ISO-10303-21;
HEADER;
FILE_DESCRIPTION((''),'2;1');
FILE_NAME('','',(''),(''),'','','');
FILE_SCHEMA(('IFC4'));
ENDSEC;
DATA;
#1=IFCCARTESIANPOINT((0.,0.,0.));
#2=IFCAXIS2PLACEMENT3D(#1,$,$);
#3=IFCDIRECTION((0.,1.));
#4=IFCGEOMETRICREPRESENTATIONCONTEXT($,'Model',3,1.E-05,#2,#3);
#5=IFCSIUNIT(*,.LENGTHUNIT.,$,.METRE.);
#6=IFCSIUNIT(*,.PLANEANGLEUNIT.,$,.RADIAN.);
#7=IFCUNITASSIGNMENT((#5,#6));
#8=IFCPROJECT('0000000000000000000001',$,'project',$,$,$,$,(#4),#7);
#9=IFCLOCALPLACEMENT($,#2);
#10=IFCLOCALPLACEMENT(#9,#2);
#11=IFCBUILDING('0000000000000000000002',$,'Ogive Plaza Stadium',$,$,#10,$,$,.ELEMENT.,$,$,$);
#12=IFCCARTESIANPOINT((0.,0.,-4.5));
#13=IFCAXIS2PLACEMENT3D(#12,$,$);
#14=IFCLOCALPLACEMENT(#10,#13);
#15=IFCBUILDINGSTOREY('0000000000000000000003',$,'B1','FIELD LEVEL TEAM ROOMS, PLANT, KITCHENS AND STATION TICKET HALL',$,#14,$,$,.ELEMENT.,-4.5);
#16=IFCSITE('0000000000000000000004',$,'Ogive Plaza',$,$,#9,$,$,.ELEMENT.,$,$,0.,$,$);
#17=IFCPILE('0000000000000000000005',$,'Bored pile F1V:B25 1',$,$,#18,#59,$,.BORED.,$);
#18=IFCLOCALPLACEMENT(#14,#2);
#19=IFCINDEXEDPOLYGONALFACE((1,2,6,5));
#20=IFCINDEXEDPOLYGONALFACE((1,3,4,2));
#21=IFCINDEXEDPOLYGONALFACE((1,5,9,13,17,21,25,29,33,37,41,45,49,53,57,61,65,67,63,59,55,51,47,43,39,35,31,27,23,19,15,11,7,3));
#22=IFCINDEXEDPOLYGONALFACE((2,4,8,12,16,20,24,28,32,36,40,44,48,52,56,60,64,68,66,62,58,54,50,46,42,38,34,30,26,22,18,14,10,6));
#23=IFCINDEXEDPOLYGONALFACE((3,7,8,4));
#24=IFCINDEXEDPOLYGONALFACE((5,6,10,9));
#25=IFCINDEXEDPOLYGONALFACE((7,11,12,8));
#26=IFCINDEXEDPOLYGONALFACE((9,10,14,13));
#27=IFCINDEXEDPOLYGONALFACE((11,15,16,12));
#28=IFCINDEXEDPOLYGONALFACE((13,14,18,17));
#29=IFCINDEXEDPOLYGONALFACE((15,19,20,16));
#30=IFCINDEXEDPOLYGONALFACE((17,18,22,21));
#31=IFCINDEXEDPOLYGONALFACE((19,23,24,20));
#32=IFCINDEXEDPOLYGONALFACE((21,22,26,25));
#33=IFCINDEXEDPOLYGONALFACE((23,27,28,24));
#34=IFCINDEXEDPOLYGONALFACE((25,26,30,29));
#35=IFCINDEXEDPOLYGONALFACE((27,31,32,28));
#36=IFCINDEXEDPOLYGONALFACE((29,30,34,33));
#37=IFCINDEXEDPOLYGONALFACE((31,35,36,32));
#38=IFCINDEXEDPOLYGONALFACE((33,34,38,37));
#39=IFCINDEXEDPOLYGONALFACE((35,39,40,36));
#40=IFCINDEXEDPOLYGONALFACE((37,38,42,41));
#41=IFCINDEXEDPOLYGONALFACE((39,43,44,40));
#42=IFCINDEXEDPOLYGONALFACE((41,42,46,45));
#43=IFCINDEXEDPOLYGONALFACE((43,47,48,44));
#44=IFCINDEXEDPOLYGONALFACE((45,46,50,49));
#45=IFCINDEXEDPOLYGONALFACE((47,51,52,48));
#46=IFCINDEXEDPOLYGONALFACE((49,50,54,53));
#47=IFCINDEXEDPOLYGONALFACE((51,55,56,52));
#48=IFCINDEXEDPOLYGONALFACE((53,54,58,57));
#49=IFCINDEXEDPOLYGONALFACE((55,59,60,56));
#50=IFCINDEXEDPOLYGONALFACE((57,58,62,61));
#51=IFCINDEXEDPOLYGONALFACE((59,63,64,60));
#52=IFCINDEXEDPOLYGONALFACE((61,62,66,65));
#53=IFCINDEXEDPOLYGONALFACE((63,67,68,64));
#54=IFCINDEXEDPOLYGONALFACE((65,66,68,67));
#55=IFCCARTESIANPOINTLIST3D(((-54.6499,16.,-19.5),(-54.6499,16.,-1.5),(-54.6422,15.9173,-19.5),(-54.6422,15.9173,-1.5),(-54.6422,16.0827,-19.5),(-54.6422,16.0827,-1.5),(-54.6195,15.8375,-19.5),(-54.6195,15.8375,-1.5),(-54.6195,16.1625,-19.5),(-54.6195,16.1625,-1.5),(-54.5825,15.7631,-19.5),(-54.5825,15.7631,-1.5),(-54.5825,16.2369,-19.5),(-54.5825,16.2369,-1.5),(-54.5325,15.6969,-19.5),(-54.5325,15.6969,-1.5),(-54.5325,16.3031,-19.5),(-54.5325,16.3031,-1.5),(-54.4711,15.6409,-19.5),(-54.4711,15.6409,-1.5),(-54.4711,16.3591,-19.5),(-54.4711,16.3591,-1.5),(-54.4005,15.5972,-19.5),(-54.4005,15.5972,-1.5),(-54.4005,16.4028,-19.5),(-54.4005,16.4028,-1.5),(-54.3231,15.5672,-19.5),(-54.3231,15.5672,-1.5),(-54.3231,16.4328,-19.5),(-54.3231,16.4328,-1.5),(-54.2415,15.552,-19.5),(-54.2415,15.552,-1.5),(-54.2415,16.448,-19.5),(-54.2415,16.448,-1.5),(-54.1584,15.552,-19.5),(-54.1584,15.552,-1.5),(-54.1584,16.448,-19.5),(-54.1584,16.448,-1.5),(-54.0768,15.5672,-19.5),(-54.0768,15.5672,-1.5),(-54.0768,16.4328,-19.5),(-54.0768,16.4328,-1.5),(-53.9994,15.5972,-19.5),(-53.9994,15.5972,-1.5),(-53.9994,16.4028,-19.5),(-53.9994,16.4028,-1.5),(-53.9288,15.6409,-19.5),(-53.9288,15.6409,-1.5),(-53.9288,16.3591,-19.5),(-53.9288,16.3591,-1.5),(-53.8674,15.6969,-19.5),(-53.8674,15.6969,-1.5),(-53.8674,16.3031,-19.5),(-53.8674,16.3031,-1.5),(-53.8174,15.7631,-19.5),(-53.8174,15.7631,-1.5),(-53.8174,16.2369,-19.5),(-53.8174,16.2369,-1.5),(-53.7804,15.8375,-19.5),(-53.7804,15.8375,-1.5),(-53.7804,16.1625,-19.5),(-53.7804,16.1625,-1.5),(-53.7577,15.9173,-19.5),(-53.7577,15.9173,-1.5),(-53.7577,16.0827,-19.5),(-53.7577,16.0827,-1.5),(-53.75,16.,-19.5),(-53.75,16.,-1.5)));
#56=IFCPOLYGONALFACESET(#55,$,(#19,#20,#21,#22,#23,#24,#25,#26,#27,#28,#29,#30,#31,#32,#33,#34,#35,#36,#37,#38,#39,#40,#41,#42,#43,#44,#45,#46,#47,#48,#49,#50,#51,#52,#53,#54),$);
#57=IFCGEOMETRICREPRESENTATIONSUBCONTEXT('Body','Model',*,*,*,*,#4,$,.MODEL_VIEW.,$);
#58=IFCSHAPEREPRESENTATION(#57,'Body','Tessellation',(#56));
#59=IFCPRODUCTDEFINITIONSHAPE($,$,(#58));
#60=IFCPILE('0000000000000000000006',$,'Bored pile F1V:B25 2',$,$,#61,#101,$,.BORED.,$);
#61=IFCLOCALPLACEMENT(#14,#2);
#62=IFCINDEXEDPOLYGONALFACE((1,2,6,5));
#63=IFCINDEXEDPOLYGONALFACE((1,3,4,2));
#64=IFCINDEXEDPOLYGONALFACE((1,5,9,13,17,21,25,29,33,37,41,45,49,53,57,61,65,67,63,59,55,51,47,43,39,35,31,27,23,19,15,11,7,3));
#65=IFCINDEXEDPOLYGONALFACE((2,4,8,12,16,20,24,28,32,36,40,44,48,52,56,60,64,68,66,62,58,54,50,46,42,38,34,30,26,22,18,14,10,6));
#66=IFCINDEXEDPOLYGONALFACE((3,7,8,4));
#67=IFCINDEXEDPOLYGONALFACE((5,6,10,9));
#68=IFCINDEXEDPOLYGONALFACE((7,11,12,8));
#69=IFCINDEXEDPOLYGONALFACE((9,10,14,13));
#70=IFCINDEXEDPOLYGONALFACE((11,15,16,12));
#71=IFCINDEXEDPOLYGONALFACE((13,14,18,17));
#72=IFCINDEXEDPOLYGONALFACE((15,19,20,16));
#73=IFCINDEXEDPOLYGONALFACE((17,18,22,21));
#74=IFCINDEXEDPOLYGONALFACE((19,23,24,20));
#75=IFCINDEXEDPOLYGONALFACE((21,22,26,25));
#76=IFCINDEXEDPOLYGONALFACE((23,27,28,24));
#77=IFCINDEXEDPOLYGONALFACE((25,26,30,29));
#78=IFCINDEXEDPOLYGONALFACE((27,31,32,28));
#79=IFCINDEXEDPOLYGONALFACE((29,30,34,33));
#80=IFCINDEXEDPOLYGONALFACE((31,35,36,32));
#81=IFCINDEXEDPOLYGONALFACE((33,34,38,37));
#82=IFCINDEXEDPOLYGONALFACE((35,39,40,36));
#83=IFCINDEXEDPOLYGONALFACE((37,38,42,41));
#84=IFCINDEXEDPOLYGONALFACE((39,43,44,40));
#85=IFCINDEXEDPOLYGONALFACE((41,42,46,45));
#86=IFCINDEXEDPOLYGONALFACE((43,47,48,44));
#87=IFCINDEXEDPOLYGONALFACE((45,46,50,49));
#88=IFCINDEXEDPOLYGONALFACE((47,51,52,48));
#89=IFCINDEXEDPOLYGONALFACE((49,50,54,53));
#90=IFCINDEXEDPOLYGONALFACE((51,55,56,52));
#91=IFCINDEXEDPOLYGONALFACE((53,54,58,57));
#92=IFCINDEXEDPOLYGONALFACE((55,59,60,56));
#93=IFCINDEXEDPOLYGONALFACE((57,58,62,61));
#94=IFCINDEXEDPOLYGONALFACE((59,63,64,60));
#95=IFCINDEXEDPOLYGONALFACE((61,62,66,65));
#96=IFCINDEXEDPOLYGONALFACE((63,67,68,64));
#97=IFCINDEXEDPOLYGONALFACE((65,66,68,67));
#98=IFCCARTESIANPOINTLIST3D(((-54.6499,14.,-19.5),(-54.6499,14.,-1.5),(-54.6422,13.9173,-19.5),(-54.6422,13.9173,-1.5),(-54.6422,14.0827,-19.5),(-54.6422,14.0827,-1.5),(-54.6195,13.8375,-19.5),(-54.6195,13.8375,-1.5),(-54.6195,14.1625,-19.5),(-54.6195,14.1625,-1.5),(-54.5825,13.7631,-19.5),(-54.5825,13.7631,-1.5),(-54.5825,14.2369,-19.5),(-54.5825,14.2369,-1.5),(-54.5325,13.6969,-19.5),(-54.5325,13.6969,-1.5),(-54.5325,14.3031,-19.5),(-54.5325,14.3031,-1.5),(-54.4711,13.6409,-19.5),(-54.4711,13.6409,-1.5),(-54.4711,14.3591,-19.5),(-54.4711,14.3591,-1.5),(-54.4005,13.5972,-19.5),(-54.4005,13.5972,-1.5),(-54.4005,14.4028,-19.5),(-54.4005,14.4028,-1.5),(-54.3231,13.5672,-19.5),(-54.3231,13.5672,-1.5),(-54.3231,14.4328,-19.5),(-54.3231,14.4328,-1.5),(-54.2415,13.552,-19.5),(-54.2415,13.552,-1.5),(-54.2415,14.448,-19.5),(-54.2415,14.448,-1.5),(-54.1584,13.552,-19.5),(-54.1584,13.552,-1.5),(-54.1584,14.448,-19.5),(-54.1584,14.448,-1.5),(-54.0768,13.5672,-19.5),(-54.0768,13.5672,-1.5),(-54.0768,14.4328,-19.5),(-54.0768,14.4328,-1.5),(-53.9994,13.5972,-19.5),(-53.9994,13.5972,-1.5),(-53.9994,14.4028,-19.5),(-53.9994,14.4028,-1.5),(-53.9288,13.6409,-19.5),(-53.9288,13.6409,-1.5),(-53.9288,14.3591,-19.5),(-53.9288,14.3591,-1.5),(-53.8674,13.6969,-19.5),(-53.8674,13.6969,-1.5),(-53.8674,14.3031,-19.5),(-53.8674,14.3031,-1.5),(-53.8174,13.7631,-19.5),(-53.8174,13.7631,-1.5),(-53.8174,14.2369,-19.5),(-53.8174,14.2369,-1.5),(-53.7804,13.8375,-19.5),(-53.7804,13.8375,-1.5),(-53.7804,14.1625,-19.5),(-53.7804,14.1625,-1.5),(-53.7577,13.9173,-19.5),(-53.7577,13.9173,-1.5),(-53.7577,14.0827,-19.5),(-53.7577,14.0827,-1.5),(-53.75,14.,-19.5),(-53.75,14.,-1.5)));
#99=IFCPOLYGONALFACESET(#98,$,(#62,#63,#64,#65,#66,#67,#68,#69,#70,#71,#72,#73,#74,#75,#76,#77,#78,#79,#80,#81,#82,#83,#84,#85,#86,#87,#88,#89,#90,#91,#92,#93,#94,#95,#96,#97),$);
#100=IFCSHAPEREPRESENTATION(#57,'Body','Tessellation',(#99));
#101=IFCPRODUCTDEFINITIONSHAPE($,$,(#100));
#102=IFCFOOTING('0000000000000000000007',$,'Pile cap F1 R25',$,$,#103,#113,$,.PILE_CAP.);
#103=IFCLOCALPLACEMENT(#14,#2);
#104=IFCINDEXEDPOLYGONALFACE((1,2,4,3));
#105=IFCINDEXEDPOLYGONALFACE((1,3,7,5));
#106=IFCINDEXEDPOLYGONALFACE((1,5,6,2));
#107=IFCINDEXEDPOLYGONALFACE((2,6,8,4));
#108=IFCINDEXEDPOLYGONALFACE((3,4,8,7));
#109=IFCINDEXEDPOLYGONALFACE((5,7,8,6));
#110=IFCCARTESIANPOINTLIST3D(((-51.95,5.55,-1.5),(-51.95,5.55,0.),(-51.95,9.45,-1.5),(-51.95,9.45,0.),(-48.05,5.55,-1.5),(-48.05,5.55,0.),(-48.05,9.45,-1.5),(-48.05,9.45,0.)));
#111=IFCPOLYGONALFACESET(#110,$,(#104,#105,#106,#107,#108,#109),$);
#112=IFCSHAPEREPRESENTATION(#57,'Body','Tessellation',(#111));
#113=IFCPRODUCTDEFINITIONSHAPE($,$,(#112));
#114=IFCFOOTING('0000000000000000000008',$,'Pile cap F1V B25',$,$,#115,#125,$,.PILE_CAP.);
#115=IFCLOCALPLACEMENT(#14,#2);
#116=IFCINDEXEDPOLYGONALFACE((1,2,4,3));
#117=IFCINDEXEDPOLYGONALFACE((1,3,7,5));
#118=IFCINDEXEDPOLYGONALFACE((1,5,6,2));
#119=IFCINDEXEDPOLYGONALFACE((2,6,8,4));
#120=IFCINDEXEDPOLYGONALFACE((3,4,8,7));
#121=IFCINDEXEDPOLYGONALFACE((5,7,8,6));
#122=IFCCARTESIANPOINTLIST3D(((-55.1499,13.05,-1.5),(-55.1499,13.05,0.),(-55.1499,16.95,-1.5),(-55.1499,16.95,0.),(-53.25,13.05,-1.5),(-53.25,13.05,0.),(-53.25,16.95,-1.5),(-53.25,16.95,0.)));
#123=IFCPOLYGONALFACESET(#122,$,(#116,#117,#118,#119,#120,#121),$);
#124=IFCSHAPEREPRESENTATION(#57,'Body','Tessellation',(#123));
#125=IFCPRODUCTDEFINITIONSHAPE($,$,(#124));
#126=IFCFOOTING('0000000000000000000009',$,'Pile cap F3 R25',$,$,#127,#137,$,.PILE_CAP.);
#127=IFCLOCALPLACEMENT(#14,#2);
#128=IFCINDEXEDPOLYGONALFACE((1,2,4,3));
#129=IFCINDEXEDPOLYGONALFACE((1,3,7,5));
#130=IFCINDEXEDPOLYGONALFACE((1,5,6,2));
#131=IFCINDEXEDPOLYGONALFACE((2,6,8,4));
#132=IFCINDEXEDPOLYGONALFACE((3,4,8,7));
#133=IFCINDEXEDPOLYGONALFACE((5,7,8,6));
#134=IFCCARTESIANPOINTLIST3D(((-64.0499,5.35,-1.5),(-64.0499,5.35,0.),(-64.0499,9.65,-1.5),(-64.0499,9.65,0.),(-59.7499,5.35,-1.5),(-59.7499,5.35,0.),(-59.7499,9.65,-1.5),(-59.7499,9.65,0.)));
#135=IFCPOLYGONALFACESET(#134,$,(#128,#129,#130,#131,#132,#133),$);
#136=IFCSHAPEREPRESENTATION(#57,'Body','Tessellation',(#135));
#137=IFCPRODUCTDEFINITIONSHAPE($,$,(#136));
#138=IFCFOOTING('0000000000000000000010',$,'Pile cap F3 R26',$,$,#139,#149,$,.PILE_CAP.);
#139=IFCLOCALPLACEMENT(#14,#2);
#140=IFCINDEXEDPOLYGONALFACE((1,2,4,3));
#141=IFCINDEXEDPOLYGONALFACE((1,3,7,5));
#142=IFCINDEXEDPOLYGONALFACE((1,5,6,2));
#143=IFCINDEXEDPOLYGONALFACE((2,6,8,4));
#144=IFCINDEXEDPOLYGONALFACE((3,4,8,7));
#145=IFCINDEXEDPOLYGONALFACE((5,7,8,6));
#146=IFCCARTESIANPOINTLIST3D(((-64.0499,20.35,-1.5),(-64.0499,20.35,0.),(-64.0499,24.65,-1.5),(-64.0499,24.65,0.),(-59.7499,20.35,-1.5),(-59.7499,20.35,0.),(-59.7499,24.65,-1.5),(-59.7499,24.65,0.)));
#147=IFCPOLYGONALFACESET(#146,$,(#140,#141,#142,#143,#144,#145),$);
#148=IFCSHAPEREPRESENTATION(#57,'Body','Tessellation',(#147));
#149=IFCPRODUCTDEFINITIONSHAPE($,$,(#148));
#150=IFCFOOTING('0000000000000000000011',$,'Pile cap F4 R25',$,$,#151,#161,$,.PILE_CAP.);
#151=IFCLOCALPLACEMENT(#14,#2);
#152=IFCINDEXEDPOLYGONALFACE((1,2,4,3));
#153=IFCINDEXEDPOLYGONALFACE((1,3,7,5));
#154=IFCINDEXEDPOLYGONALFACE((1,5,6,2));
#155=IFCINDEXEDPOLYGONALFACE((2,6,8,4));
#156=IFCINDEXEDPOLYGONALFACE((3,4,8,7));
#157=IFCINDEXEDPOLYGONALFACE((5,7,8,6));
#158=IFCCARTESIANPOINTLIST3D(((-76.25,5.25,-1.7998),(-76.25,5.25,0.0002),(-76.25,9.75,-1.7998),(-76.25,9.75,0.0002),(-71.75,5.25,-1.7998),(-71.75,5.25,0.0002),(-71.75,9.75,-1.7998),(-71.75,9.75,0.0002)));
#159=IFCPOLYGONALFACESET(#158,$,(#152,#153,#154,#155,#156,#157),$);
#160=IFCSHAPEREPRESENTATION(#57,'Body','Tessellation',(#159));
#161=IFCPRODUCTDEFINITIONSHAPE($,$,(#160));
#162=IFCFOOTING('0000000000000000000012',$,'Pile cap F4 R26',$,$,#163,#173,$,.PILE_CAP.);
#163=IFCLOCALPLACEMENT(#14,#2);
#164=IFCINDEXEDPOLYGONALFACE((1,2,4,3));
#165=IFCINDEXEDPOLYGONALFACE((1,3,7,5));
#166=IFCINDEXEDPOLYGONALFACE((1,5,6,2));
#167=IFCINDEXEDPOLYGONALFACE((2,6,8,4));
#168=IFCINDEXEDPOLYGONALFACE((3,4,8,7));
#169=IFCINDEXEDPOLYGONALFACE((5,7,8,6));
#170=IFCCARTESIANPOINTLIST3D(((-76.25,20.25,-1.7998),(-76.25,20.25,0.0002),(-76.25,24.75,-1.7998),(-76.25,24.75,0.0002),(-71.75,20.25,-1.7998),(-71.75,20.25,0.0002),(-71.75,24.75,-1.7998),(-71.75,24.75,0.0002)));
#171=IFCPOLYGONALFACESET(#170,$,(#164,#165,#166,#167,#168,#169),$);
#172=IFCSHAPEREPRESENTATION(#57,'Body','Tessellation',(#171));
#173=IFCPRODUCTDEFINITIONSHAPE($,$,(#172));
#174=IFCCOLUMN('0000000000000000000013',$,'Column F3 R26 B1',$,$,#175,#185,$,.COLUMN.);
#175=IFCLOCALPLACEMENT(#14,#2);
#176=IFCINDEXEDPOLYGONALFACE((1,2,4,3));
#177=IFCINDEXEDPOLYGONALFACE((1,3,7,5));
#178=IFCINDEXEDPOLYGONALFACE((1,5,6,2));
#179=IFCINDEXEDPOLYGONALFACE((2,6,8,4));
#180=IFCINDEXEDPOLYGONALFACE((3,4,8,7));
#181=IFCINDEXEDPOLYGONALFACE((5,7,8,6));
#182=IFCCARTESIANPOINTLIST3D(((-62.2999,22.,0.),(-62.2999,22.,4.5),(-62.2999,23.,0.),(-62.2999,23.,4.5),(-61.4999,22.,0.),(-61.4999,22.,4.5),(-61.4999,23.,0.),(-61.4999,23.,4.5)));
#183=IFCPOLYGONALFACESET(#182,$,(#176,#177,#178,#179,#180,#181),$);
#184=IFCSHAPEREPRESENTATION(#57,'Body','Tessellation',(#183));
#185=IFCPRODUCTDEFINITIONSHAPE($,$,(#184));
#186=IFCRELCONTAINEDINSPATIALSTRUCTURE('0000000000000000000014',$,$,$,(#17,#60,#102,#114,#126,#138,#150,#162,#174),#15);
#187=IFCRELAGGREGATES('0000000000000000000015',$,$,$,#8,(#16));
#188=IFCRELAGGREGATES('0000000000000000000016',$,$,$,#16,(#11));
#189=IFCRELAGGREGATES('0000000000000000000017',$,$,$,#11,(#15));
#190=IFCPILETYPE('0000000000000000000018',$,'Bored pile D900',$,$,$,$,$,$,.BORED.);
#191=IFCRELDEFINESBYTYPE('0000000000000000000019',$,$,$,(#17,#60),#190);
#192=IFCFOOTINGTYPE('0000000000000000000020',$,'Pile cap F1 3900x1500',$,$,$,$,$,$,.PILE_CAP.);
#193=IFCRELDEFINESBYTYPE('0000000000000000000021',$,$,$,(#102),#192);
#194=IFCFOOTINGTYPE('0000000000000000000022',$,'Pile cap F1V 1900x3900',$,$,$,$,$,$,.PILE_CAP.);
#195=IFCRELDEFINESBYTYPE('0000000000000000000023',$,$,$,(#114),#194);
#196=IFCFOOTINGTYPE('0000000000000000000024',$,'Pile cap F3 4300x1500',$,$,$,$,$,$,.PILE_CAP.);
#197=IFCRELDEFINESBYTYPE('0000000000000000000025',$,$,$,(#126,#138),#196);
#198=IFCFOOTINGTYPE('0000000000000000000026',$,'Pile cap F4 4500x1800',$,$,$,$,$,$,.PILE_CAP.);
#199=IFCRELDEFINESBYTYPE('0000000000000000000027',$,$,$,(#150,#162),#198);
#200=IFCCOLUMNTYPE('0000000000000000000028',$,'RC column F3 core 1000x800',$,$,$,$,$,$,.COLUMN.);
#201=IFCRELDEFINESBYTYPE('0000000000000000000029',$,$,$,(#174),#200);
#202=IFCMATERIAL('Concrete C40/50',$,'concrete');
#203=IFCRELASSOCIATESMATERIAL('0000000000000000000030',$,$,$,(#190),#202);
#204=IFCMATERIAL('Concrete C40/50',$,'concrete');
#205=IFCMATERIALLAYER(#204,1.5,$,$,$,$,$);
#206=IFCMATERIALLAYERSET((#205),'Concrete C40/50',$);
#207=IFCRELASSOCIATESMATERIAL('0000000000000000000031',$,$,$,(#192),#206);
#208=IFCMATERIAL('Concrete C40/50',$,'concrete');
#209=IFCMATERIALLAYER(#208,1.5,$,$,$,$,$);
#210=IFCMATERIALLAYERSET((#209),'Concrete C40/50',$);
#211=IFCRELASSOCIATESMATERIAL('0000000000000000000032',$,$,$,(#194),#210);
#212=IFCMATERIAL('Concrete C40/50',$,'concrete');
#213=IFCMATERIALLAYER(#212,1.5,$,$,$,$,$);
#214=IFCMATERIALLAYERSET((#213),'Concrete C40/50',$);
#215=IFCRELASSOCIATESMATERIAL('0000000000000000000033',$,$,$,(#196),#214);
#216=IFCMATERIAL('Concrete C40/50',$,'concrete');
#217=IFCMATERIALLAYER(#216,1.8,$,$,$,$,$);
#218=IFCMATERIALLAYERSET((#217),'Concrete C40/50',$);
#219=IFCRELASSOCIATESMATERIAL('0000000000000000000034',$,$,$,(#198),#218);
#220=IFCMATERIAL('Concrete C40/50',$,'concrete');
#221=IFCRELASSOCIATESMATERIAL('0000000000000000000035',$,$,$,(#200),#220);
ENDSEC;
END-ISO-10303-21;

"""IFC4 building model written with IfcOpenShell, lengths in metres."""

from ifc_helpers import new_model, si_unit, direction, frame, origin, origin_2d, place, context, subcontext, project, spatial, rectangle, circle, extrude, material, layer, layer_set, material_profile, profile_set, type_object, element, save


model = new_model("IFC4")

# Units and contexts
model_context = context("Model", 3, precision=1e-05, world=origin(), true_north=direction((0.0, 1.0)))
body_context = subcontext(model_context, "Body", "Model", "MODEL_VIEW")
ifc_project = project(units=[si_unit("LENGTHUNIT", "METRE"), si_unit("PLANEANGLEUNIT", "RADIAN")], contexts=[model_context])

# Site, building, storey
site_placement = place(None, origin())
site = spatial("IfcSite", under=ifc_project, at=site_placement, Name="Ogive Plaza", CompositionType="ELEMENT", RefElevation=0.0)
building_placement = place(site_placement, origin())
building = spatial("IfcBuilding", under=site, at=building_placement, Name="Ogive Plaza Stadium", CompositionType="ELEMENT")
storey_placement = place(building_placement, frame((0.0, 0.0, -4.5)))
storey = spatial("IfcBuildingStorey", under=building, at=storey_placement, Name="B1", Description="FIELD LEVEL TEAM ROOMS, PLANT, KITCHENS AND STATION TICKET HALL", CompositionType="ELEMENT", Elevation=-4.5)

# Piles
ifc_material_1 = material(Name="Concrete C40/50", Category="concrete")
ifc_material_profile_1 = material_profile(ifc_material_1, circle(Radius=0.45, at=origin_2d()), Name="RC D900")
ifc_profile_set_1 = profile_set([ifc_material_profile_1], Name="Concrete C40/50")
pile_type_1 = type_object("IfcPileType", Name="Bored pile D900", PredefinedType="BORED", material=ifc_profile_set_1)
for number, where, z_axis, x_axis, name in (
    (1, (-54.2, 16.0, -1.5), (0.0, 0.0, -1.0), (1.0, 0.0, 0.0), "Bored pile F1V:B25 1"),
    (2, (-54.2, 14.0, -1.5), (0.0, 0.0, -1.0), (1.0, 0.0, 0.0), "Bored pile F1V:B25 2"),
):
    element("IfcPile", number, at=place(storey_placement, frame(where, z_axis=z_axis, x_axis=x_axis)), inside=storey, type_object=pile_type_1, Name=name, PredefinedType="BORED", context=body_context, shape_type="SweptSolid", body=[
        extrude(circle(Radius=0.45, at=origin_2d()), origin(), (0.0, 0.0, 1.0), 18.0),
    ])

# Footings
ifc_material_2 = material(Name="Concrete C40/50", Category="concrete")
ifc_layer_1 = layer(ifc_material_2, 1.5)
ifc_layer_set_1 = layer_set([ifc_layer_1], Name="Concrete C40/50")
footing_type_1 = type_object("IfcFootingType", Name="Pile cap F1 3900x1500", PredefinedType="PILE_CAP", material=ifc_layer_set_1)
footing_1_placement = place(storey_placement, frame((-50.0, 7.5, -1.5), z_axis=(0.0, 0.0, 1.0), x_axis=(-1.0, 0.0, 0.0)))
element("IfcFooting", 3, at=footing_1_placement, inside=storey, type_object=footing_type_1, Name="Pile cap F1 R25", PredefinedType="PILE_CAP", context=body_context, shape_type="SweptSolid", body=[
    extrude(rectangle(XDim=3.8999, YDim=3.8999, at=origin_2d()), origin(), (0.0, 0.0, 1.0), 1.5),
])
ifc_material_3 = material(Name="Concrete C40/50", Category="concrete")
ifc_layer_2 = layer(ifc_material_3, 1.5)
ifc_layer_set_2 = layer_set([ifc_layer_2], Name="Concrete C40/50")
footing_type_2 = type_object("IfcFootingType", Name="Pile cap F1V 1900x3900", PredefinedType="PILE_CAP", material=ifc_layer_set_2)
footing_2_placement = place(storey_placement, frame((-54.2, 15.0, -1.5), z_axis=(0.0, 0.0, 1.0), x_axis=(-1.0, 0.0, 0.0)))
element("IfcFooting", 4, at=footing_2_placement, inside=storey, type_object=footing_type_2, Name="Pile cap F1V B25", PredefinedType="PILE_CAP", context=body_context, shape_type="SweptSolid", body=[
    extrude(rectangle(XDim=1.8999, YDim=3.8999, at=origin_2d()), origin(), (0.0, 0.0, 1.0), 1.5),
])
ifc_material_4 = material(Name="Concrete C40/50", Category="concrete")
ifc_layer_3 = layer(ifc_material_4, 1.5)
ifc_layer_set_3 = layer_set([ifc_layer_3], Name="Concrete C40/50")
footing_type_3 = type_object("IfcFootingType", Name="Pile cap F3 4300x1500", PredefinedType="PILE_CAP", material=ifc_layer_set_3)
for number, where, z_axis, x_axis, name in (
    (5, (-61.8999, 7.5, -1.5), (0.0, 0.0, 1.0), (-1.0, 0.0, 0.0), "Pile cap F3 R25"),
    (6, (-61.8999, 22.5, -1.5), (0.0, 0.0, 1.0), (-1.0, 0.0, 0.0), "Pile cap F3 R26"),
):
    element("IfcFooting", number, at=place(storey_placement, frame(where, z_axis=z_axis, x_axis=x_axis)), inside=storey, type_object=footing_type_3, Name=name, PredefinedType="PILE_CAP", context=body_context, shape_type="SweptSolid", body=[
        extrude(rectangle(XDim=4.3, YDim=4.3, at=origin_2d()), origin(), (0.0, 0.0, 1.0), 1.5),
    ])
ifc_material_5 = material(Name="Concrete C40/50", Category="concrete")
ifc_layer_4 = layer(ifc_material_5, 1.8)
ifc_layer_set_4 = layer_set([ifc_layer_4], Name="Concrete C40/50")
footing_type_4 = type_object("IfcFootingType", Name="Pile cap F4 4500x1800", PredefinedType="PILE_CAP", material=ifc_layer_set_4)
for number, where, z_axis, x_axis, name in (
    (7, (-74.0, 7.5, -1.7998), (0.0, 0.0, 1.0), (-1.0, 0.0, 0.0), "Pile cap F4 R25"),
    (8, (-74.0, 22.5, -1.7998), (0.0, 0.0, 1.0), (-1.0, 0.0, 0.0), "Pile cap F4 R26"),
):
    element("IfcFooting", number, at=place(storey_placement, frame(where, z_axis=z_axis, x_axis=x_axis)), inside=storey, type_object=footing_type_4, Name=name, PredefinedType="PILE_CAP", context=body_context, shape_type="SweptSolid", body=[
        extrude(rectangle(XDim=4.5, YDim=4.5, at=origin_2d()), origin(), (0.0, 0.0, 1.0), 1.8),
    ])

# Column
ifc_material_6 = material(Name="Concrete C40/50", Category="concrete")
ifc_material_profile_2 = material_profile(ifc_material_6, rectangle(XDim=1.0, YDim=0.8, at=origin_2d()), Name="RC 1000x800")
ifc_profile_set_2 = profile_set([ifc_material_profile_2], Name="Concrete C40/50")
column_type_1 = type_object("IfcColumnType", Name="RC column F3 core 1000x800", PredefinedType="COLUMN", material=ifc_profile_set_2)
column_1_placement = place(storey_placement, frame((-61.8999, 22.5, 0.0), z_axis=(0.0, 0.0, 1.0), x_axis=(0.0, -1.0, 0.0)))
element("IfcColumn", 9, at=column_1_placement, inside=storey, type_object=column_type_1, Name="Column F3 R26 B1", PredefinedType="COLUMN", context=body_context, shape_type="SweptSolid", body=[
    extrude(rectangle(XDim=1.0, YDim=0.8, at=origin_2d()), origin(), (0.0, 0.0, 1.0), 4.5),
])

save(model, "model.ifc")
